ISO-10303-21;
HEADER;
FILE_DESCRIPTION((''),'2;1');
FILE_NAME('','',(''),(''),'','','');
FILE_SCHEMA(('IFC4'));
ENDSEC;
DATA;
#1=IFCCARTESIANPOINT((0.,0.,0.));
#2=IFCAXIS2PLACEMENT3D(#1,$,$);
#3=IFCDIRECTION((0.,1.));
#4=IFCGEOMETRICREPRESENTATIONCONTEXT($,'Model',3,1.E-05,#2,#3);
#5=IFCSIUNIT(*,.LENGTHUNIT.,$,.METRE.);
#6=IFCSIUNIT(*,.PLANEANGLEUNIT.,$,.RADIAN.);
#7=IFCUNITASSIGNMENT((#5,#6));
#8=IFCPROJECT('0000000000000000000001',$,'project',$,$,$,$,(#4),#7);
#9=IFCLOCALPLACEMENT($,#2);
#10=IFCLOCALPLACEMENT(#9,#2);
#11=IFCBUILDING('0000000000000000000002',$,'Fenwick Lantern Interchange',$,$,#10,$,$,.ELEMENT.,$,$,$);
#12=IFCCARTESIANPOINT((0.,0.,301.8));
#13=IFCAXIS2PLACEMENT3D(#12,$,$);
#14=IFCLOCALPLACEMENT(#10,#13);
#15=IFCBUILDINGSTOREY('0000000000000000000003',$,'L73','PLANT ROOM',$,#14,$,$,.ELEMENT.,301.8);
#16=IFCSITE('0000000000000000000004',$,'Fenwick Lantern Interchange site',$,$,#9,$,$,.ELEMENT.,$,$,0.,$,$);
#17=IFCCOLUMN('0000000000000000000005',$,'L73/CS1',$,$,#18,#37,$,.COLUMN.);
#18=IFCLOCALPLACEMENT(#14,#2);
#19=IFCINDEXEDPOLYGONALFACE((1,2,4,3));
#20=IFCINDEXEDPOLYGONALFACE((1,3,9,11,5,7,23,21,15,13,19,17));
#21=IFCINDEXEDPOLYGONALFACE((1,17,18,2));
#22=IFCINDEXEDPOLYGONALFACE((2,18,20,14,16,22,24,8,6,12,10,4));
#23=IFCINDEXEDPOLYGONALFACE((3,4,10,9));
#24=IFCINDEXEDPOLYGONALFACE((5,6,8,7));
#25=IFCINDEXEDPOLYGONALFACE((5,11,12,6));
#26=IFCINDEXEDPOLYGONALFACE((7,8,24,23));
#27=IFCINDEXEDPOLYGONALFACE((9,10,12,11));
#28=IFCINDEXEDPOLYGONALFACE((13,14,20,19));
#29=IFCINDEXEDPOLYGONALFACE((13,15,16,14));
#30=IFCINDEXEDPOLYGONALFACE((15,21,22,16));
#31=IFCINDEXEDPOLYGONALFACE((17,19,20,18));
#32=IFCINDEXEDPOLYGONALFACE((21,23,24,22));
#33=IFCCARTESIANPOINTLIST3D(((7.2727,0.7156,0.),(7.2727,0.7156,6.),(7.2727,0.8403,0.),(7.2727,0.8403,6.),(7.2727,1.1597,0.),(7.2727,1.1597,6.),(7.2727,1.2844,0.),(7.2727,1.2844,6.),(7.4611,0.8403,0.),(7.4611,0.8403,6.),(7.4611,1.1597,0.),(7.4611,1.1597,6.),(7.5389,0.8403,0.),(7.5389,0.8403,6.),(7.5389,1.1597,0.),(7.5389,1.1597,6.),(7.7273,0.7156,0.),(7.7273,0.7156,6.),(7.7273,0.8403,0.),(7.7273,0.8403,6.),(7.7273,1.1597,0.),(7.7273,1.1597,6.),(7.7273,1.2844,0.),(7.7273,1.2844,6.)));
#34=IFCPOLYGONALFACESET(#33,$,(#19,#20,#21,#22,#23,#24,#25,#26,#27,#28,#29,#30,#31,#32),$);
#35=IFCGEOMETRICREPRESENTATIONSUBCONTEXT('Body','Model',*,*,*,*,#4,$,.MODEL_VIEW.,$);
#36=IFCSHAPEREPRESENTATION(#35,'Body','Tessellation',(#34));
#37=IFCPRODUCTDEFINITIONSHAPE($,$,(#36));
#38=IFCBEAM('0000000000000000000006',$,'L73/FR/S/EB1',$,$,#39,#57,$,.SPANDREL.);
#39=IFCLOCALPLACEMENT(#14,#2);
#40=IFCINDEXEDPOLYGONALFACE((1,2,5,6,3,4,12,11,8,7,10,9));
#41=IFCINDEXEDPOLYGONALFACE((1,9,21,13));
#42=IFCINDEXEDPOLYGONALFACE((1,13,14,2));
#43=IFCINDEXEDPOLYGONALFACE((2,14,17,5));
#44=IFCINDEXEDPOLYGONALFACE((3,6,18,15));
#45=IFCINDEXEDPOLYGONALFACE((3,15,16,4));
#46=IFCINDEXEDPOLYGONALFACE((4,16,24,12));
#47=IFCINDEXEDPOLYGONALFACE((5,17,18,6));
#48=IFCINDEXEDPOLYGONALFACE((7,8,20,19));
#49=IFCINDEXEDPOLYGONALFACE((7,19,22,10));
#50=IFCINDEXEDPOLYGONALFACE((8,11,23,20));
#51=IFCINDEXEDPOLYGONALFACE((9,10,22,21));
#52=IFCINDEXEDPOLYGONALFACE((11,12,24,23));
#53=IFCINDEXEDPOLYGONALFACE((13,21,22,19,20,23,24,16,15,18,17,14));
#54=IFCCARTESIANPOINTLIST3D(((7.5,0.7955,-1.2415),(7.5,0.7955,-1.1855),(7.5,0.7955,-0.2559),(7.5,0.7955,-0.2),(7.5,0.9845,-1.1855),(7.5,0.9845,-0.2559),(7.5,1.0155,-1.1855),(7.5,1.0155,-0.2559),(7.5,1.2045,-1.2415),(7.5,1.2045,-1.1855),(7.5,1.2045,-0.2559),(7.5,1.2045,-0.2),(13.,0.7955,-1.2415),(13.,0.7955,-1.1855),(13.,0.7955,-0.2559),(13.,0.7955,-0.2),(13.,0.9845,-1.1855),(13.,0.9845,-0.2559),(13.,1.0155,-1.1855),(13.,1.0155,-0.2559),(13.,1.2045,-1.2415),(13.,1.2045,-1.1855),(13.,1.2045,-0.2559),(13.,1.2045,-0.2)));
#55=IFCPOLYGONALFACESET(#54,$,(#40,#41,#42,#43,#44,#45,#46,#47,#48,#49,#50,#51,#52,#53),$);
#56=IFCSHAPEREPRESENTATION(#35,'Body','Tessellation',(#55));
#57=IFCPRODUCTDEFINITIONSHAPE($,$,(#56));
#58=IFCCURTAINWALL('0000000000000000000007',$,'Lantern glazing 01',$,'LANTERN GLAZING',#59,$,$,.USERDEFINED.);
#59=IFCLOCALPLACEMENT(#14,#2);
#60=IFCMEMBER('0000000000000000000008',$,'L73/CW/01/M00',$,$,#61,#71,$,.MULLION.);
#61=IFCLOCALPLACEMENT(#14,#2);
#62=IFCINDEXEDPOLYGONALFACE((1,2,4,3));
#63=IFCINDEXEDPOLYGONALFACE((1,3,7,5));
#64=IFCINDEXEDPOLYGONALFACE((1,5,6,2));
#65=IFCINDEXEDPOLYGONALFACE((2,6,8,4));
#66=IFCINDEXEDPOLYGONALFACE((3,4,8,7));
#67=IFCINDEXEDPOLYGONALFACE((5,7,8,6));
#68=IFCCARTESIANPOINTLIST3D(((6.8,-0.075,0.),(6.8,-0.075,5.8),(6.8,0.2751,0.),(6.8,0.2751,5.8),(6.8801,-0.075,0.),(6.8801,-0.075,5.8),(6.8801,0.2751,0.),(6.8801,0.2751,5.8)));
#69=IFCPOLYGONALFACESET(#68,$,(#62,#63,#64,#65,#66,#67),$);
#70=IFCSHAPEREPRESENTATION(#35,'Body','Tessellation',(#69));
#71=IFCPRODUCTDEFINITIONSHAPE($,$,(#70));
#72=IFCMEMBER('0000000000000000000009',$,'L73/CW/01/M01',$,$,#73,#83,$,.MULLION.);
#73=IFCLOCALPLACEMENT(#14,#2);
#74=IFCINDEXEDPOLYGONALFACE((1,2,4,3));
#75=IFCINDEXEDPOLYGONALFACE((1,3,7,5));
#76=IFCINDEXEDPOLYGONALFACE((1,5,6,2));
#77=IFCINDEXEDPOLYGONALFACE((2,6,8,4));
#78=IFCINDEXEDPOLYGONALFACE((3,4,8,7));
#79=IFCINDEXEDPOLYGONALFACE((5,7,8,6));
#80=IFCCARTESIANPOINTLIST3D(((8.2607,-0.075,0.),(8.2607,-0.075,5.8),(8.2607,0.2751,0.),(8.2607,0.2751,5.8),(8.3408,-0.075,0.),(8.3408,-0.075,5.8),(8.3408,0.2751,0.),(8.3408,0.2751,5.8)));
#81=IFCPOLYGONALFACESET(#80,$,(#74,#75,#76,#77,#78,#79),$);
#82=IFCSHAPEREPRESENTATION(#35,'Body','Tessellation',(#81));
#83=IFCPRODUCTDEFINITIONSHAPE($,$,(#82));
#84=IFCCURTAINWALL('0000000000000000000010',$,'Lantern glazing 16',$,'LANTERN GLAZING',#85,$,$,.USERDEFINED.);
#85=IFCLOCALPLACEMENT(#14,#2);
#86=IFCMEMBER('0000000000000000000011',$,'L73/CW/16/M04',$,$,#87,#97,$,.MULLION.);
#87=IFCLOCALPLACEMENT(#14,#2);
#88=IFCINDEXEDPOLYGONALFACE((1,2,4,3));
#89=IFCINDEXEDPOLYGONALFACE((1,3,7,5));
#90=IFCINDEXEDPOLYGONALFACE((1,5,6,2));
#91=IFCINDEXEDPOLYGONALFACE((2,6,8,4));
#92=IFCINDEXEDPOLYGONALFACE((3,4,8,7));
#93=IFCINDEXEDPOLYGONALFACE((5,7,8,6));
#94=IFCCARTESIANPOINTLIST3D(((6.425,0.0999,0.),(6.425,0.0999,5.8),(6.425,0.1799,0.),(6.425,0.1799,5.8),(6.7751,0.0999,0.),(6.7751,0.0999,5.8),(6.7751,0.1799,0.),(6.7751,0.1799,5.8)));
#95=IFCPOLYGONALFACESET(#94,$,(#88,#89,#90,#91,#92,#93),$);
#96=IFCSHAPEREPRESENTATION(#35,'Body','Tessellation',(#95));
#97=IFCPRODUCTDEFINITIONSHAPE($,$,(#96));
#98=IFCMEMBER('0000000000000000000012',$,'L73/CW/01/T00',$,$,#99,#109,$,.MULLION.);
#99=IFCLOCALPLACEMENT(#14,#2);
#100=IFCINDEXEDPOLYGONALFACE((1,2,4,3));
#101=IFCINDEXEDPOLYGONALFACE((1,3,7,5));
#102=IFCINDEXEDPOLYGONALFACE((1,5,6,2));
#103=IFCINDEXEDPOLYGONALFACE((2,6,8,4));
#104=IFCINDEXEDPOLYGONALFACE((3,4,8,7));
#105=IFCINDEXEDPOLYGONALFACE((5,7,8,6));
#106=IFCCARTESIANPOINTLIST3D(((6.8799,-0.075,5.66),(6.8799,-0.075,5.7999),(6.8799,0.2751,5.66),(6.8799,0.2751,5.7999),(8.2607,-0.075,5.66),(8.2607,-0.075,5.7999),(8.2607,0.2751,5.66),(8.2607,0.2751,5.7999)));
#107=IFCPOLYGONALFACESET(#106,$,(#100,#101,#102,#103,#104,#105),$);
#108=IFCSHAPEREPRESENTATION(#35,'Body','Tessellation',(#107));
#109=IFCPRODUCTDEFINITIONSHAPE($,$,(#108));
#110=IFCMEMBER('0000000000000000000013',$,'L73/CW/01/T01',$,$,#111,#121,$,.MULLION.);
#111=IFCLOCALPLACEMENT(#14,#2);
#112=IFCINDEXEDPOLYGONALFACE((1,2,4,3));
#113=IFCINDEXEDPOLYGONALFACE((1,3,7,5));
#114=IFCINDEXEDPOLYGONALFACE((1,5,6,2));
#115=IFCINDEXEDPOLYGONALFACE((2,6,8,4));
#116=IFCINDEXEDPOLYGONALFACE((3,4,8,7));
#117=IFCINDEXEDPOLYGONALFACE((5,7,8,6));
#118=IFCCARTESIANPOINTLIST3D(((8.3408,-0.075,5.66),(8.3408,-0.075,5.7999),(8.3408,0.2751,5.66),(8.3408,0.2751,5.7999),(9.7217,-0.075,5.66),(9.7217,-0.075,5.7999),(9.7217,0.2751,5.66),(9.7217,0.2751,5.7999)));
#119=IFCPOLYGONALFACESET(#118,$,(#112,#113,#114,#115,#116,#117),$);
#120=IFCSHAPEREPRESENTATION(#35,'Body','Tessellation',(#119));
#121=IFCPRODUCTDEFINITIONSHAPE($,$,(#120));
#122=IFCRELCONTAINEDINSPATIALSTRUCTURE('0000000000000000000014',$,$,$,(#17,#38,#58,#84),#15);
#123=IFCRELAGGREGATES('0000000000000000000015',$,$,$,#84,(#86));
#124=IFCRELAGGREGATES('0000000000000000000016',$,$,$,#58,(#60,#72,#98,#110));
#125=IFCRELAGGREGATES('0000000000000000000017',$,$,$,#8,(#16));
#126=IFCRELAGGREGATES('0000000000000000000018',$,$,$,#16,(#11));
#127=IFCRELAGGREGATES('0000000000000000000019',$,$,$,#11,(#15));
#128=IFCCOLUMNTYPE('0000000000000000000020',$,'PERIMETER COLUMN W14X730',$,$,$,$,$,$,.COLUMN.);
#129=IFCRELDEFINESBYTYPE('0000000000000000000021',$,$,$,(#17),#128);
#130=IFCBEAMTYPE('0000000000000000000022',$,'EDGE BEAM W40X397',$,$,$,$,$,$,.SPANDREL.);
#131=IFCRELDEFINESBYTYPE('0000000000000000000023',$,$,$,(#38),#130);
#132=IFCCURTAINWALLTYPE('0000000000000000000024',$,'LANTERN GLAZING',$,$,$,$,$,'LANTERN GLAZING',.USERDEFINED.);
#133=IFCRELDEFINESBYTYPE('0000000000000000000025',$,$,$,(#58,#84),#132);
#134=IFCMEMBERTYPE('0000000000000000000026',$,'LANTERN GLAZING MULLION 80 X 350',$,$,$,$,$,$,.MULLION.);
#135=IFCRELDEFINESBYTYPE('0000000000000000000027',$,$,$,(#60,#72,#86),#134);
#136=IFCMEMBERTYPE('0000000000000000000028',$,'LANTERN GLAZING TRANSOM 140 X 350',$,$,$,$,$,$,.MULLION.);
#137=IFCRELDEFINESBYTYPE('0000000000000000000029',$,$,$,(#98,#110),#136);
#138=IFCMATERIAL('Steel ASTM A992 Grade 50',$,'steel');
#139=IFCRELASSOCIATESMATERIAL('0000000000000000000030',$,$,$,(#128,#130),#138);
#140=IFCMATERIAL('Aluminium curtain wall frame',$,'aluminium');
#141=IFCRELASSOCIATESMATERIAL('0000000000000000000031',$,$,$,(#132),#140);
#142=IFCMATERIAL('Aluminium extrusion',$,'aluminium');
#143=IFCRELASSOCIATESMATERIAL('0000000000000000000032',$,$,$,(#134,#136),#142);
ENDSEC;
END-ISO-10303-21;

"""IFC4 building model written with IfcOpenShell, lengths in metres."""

from ifc_helpers import new_model, si_unit, direction, frame, origin, origin_2d, place, context, subcontext, project, spatial, rectangle, i_section, extrude, material, material_profile, profile_set, type_object, element, aggregate, save


model = new_model("IFC4")

# Units and contexts
model_context = context("Model", 3, precision=1e-05, world=origin(), true_north=direction((0.0, 1.0)))
body_context = subcontext(model_context, "Body", "Model", "MODEL_VIEW")
ifc_project = project(units=[si_unit("LENGTHUNIT", "METRE"), si_unit("PLANEANGLEUNIT", "RADIAN")], contexts=[model_context])

# Site, building, storey
site_placement = place(None, origin())
site = spatial("IfcSite", under=ifc_project, at=site_placement, Name="Fenwick Lantern Interchange site", CompositionType="ELEMENT", RefElevation=0.0)
building_placement = place(site_placement, origin())
building = spatial("IfcBuilding", under=site, at=building_placement, Name="Fenwick Lantern Interchange", CompositionType="ELEMENT")
storey_placement = place(building_placement, frame((0.0, 0.0, 301.8)))
storey = spatial("IfcBuildingStorey", under=building, at=storey_placement, Name="L73", Description="PLANT ROOM", CompositionType="ELEMENT", Elevation=301.8)

# Column
ifc_material_1 = material(Name="Steel ASTM A992 Grade 50", Category="steel")
ifc_material_profile_1 = material_profile(ifc_material_1, i_section(OverallWidth=0.4546, OverallDepth=0.5688, WebThickness=0.0779, FlangeThickness=0.1248, at=origin_2d()), Name="W14X730")
ifc_profile_set_1 = profile_set([ifc_material_profile_1], Name="Steel ASTM A992 Grade 50")
column_type = type_object("IfcColumnType", Name="PERIMETER COLUMN W14X730", PredefinedType="COLUMN", material=ifc_profile_set_1)
column_placement = place(storey_placement, frame((7.5, 1.0, 0.0), z_axis=(0.0, 0.0, 1.0), x_axis=(1.0, 0.0, 0.0)))
element("IfcColumn", 1, at=column_placement, inside=storey, type_object=column_type, Name="L73/CS1", PredefinedType="COLUMN", context=body_context, shape_type="SweptSolid", body=[
    extrude(i_section(OverallWidth=0.4546, OverallDepth=0.5688, WebThickness=0.0779, FlangeThickness=0.1248, at=origin_2d()), origin(), (0.0, 0.0, 1.0), 6.0),
])

# Beam
ifc_material_profile_2 = material_profile(ifc_material_1, i_section(OverallWidth=0.4089, OverallDepth=1.0415, WebThickness=0.031, FlangeThickness=0.0559, at=origin_2d()), Name="W40X397")
ifc_profile_set_2 = profile_set([ifc_material_profile_2], Name="Steel ASTM A992 Grade 50")
beam_type = type_object("IfcBeamType", Name="EDGE BEAM W40X397", PredefinedType="SPANDREL", material=ifc_profile_set_2)
beam_placement = place(storey_placement, frame((7.5, 1.0, -0.7207), z_axis=(1.0, 0.0, 0.0), x_axis=(0.0, 1.0, 0.0)))
element("IfcBeam", 2, at=beam_placement, inside=storey, type_object=beam_type, Name="L73/FR/S/EB1", PredefinedType="SPANDREL", context=body_context, shape_type="SweptSolid", body=[
    extrude(i_section(OverallWidth=0.4089, OverallDepth=1.0415, WebThickness=0.031, FlangeThickness=0.0559, at=origin_2d()), origin(), (0.0, 0.0, 1.0), 5.5),
])

# Curtain wall, members
ifc_material_2 = material(Name="Aluminium curtain wall frame", Category="aluminium")
curtain_wall_type = type_object("IfcCurtainWallType", Name="LANTERN GLAZING", ElementType="LANTERN GLAZING", PredefinedType="USERDEFINED", material=ifc_material_2)
curtain_wall_1_placement = place(storey_placement, origin())
curtain_wall_1 = element("IfcCurtainWall", 3, at=curtain_wall_1_placement, inside=storey, type_object=curtain_wall_type, Name="Lantern glazing 01", ObjectType="LANTERN GLAZING", PredefinedType="USERDEFINED")
ifc_material_3 = material(Name="Aluminium extrusion", Category="aluminium")
ifc_material_profile_3 = material_profile(ifc_material_3, rectangle(XDim=0.3501, YDim=0.0801, at=origin_2d()), Name="LANTERN GLAZING MULLION 80 X 350")
ifc_profile_set_3 = profile_set([ifc_material_profile_3], Name="Aluminium extrusion")
member_type_1 = type_object("IfcMemberType", Name="LANTERN GLAZING MULLION 80 X 350", PredefinedType="MULLION", material=ifc_profile_set_3)
member_1_placement = place(storey_placement, frame((6.8401, 0.1001, 0.0), z_axis=(0.0, 0.0, 1.0), x_axis=(0.0, 1.0, 0.0)))
member_1 = element("IfcMember", 4, at=member_1_placement, type_object=member_type_1, Name="L73/CW/01/M00", PredefinedType="MULLION", context=body_context, shape_type="SweptSolid", body=[
    extrude(rectangle(XDim=0.3501, YDim=0.0801, at=origin_2d()), origin(), (0.0, 0.0, 1.0), 5.8),
])
member_2_placement = place(storey_placement, frame((8.3008, 0.1001, 0.0), z_axis=(0.0, 0.0, 1.0), x_axis=(0.0, 1.0, 0.0)))
member_2 = element("IfcMember", 5, at=member_2_placement, type_object=member_type_1, Name="L73/CW/01/M01", PredefinedType="MULLION", context=body_context, shape_type="SweptSolid", body=[
    extrude(rectangle(XDim=0.3501, YDim=0.0801, at=origin_2d()), origin(), (0.0, 0.0, 1.0), 5.8),
])

# Curtain wall, member
curtain_wall_2_placement = place(storey_placement, origin())
curtain_wall_2 = element("IfcCurtainWall", 6, at=curtain_wall_2_placement, inside=storey, type_object=curtain_wall_type, Name="Lantern glazing 16", ObjectType="LANTERN GLAZING", PredefinedType="USERDEFINED")
member_3_placement = place(storey_placement, frame((6.6001, 0.1399, 0.0), z_axis=(0.0, 0.0, 1.0), x_axis=(1.0, 0.0, 0.0)))
member_3 = element("IfcMember", 7, at=member_3_placement, type_object=member_type_1, Name="L73/CW/16/M04", PredefinedType="MULLION", context=body_context, shape_type="SweptSolid", body=[
    extrude(rectangle(XDim=0.3501, YDim=0.0801, at=origin_2d()), origin(), (0.0, 0.0, 1.0), 5.8),
])
aggregate(curtain_wall_2, [member_3])

# Members
ifc_material_profile_4 = material_profile(ifc_material_3, rectangle(XDim=0.3501, YDim=0.1399, at=origin_2d()), Name="LANTERN GLAZING TRANSOM 140 X 350")
ifc_profile_set_4 = profile_set([ifc_material_profile_4], Name="Aluminium extrusion")
member_type_2 = type_object("IfcMemberType", Name="LANTERN GLAZING TRANSOM 140 X 350", PredefinedType="MULLION", material=ifc_profile_set_4)
member_4_placement = place(storey_placement, frame((6.8799, 0.1001, 5.73), z_axis=(1.0, 0.0, 0.0), x_axis=(0.0, 1.0, 0.0)))
member_4 = element("IfcMember", 8, at=member_4_placement, type_object=member_type_2, Name="L73/CW/01/T00", PredefinedType="MULLION", context=body_context, shape_type="SweptSolid", body=[
    extrude(rectangle(XDim=0.3501, YDim=0.1399, at=origin_2d()), origin(), (0.0, 0.0, 1.0), 1.3809),
])
member_5_placement = place(storey_placement, frame((8.3408, 0.1001, 5.73), z_axis=(1.0, 0.0, 0.0), x_axis=(0.0, 1.0, 0.0)))
member_5 = element("IfcMember", 9, at=member_5_placement, type_object=member_type_2, Name="L73/CW/01/T01", PredefinedType="MULLION", context=body_context, shape_type="SweptSolid", body=[
    extrude(rectangle(XDim=0.3501, YDim=0.1399, at=origin_2d()), origin(), (0.0, 0.0, 1.0), 1.3809),
])

aggregate(curtain_wall_1, [member_1, member_2, member_4, member_5])

save(model, "model.ifc")
